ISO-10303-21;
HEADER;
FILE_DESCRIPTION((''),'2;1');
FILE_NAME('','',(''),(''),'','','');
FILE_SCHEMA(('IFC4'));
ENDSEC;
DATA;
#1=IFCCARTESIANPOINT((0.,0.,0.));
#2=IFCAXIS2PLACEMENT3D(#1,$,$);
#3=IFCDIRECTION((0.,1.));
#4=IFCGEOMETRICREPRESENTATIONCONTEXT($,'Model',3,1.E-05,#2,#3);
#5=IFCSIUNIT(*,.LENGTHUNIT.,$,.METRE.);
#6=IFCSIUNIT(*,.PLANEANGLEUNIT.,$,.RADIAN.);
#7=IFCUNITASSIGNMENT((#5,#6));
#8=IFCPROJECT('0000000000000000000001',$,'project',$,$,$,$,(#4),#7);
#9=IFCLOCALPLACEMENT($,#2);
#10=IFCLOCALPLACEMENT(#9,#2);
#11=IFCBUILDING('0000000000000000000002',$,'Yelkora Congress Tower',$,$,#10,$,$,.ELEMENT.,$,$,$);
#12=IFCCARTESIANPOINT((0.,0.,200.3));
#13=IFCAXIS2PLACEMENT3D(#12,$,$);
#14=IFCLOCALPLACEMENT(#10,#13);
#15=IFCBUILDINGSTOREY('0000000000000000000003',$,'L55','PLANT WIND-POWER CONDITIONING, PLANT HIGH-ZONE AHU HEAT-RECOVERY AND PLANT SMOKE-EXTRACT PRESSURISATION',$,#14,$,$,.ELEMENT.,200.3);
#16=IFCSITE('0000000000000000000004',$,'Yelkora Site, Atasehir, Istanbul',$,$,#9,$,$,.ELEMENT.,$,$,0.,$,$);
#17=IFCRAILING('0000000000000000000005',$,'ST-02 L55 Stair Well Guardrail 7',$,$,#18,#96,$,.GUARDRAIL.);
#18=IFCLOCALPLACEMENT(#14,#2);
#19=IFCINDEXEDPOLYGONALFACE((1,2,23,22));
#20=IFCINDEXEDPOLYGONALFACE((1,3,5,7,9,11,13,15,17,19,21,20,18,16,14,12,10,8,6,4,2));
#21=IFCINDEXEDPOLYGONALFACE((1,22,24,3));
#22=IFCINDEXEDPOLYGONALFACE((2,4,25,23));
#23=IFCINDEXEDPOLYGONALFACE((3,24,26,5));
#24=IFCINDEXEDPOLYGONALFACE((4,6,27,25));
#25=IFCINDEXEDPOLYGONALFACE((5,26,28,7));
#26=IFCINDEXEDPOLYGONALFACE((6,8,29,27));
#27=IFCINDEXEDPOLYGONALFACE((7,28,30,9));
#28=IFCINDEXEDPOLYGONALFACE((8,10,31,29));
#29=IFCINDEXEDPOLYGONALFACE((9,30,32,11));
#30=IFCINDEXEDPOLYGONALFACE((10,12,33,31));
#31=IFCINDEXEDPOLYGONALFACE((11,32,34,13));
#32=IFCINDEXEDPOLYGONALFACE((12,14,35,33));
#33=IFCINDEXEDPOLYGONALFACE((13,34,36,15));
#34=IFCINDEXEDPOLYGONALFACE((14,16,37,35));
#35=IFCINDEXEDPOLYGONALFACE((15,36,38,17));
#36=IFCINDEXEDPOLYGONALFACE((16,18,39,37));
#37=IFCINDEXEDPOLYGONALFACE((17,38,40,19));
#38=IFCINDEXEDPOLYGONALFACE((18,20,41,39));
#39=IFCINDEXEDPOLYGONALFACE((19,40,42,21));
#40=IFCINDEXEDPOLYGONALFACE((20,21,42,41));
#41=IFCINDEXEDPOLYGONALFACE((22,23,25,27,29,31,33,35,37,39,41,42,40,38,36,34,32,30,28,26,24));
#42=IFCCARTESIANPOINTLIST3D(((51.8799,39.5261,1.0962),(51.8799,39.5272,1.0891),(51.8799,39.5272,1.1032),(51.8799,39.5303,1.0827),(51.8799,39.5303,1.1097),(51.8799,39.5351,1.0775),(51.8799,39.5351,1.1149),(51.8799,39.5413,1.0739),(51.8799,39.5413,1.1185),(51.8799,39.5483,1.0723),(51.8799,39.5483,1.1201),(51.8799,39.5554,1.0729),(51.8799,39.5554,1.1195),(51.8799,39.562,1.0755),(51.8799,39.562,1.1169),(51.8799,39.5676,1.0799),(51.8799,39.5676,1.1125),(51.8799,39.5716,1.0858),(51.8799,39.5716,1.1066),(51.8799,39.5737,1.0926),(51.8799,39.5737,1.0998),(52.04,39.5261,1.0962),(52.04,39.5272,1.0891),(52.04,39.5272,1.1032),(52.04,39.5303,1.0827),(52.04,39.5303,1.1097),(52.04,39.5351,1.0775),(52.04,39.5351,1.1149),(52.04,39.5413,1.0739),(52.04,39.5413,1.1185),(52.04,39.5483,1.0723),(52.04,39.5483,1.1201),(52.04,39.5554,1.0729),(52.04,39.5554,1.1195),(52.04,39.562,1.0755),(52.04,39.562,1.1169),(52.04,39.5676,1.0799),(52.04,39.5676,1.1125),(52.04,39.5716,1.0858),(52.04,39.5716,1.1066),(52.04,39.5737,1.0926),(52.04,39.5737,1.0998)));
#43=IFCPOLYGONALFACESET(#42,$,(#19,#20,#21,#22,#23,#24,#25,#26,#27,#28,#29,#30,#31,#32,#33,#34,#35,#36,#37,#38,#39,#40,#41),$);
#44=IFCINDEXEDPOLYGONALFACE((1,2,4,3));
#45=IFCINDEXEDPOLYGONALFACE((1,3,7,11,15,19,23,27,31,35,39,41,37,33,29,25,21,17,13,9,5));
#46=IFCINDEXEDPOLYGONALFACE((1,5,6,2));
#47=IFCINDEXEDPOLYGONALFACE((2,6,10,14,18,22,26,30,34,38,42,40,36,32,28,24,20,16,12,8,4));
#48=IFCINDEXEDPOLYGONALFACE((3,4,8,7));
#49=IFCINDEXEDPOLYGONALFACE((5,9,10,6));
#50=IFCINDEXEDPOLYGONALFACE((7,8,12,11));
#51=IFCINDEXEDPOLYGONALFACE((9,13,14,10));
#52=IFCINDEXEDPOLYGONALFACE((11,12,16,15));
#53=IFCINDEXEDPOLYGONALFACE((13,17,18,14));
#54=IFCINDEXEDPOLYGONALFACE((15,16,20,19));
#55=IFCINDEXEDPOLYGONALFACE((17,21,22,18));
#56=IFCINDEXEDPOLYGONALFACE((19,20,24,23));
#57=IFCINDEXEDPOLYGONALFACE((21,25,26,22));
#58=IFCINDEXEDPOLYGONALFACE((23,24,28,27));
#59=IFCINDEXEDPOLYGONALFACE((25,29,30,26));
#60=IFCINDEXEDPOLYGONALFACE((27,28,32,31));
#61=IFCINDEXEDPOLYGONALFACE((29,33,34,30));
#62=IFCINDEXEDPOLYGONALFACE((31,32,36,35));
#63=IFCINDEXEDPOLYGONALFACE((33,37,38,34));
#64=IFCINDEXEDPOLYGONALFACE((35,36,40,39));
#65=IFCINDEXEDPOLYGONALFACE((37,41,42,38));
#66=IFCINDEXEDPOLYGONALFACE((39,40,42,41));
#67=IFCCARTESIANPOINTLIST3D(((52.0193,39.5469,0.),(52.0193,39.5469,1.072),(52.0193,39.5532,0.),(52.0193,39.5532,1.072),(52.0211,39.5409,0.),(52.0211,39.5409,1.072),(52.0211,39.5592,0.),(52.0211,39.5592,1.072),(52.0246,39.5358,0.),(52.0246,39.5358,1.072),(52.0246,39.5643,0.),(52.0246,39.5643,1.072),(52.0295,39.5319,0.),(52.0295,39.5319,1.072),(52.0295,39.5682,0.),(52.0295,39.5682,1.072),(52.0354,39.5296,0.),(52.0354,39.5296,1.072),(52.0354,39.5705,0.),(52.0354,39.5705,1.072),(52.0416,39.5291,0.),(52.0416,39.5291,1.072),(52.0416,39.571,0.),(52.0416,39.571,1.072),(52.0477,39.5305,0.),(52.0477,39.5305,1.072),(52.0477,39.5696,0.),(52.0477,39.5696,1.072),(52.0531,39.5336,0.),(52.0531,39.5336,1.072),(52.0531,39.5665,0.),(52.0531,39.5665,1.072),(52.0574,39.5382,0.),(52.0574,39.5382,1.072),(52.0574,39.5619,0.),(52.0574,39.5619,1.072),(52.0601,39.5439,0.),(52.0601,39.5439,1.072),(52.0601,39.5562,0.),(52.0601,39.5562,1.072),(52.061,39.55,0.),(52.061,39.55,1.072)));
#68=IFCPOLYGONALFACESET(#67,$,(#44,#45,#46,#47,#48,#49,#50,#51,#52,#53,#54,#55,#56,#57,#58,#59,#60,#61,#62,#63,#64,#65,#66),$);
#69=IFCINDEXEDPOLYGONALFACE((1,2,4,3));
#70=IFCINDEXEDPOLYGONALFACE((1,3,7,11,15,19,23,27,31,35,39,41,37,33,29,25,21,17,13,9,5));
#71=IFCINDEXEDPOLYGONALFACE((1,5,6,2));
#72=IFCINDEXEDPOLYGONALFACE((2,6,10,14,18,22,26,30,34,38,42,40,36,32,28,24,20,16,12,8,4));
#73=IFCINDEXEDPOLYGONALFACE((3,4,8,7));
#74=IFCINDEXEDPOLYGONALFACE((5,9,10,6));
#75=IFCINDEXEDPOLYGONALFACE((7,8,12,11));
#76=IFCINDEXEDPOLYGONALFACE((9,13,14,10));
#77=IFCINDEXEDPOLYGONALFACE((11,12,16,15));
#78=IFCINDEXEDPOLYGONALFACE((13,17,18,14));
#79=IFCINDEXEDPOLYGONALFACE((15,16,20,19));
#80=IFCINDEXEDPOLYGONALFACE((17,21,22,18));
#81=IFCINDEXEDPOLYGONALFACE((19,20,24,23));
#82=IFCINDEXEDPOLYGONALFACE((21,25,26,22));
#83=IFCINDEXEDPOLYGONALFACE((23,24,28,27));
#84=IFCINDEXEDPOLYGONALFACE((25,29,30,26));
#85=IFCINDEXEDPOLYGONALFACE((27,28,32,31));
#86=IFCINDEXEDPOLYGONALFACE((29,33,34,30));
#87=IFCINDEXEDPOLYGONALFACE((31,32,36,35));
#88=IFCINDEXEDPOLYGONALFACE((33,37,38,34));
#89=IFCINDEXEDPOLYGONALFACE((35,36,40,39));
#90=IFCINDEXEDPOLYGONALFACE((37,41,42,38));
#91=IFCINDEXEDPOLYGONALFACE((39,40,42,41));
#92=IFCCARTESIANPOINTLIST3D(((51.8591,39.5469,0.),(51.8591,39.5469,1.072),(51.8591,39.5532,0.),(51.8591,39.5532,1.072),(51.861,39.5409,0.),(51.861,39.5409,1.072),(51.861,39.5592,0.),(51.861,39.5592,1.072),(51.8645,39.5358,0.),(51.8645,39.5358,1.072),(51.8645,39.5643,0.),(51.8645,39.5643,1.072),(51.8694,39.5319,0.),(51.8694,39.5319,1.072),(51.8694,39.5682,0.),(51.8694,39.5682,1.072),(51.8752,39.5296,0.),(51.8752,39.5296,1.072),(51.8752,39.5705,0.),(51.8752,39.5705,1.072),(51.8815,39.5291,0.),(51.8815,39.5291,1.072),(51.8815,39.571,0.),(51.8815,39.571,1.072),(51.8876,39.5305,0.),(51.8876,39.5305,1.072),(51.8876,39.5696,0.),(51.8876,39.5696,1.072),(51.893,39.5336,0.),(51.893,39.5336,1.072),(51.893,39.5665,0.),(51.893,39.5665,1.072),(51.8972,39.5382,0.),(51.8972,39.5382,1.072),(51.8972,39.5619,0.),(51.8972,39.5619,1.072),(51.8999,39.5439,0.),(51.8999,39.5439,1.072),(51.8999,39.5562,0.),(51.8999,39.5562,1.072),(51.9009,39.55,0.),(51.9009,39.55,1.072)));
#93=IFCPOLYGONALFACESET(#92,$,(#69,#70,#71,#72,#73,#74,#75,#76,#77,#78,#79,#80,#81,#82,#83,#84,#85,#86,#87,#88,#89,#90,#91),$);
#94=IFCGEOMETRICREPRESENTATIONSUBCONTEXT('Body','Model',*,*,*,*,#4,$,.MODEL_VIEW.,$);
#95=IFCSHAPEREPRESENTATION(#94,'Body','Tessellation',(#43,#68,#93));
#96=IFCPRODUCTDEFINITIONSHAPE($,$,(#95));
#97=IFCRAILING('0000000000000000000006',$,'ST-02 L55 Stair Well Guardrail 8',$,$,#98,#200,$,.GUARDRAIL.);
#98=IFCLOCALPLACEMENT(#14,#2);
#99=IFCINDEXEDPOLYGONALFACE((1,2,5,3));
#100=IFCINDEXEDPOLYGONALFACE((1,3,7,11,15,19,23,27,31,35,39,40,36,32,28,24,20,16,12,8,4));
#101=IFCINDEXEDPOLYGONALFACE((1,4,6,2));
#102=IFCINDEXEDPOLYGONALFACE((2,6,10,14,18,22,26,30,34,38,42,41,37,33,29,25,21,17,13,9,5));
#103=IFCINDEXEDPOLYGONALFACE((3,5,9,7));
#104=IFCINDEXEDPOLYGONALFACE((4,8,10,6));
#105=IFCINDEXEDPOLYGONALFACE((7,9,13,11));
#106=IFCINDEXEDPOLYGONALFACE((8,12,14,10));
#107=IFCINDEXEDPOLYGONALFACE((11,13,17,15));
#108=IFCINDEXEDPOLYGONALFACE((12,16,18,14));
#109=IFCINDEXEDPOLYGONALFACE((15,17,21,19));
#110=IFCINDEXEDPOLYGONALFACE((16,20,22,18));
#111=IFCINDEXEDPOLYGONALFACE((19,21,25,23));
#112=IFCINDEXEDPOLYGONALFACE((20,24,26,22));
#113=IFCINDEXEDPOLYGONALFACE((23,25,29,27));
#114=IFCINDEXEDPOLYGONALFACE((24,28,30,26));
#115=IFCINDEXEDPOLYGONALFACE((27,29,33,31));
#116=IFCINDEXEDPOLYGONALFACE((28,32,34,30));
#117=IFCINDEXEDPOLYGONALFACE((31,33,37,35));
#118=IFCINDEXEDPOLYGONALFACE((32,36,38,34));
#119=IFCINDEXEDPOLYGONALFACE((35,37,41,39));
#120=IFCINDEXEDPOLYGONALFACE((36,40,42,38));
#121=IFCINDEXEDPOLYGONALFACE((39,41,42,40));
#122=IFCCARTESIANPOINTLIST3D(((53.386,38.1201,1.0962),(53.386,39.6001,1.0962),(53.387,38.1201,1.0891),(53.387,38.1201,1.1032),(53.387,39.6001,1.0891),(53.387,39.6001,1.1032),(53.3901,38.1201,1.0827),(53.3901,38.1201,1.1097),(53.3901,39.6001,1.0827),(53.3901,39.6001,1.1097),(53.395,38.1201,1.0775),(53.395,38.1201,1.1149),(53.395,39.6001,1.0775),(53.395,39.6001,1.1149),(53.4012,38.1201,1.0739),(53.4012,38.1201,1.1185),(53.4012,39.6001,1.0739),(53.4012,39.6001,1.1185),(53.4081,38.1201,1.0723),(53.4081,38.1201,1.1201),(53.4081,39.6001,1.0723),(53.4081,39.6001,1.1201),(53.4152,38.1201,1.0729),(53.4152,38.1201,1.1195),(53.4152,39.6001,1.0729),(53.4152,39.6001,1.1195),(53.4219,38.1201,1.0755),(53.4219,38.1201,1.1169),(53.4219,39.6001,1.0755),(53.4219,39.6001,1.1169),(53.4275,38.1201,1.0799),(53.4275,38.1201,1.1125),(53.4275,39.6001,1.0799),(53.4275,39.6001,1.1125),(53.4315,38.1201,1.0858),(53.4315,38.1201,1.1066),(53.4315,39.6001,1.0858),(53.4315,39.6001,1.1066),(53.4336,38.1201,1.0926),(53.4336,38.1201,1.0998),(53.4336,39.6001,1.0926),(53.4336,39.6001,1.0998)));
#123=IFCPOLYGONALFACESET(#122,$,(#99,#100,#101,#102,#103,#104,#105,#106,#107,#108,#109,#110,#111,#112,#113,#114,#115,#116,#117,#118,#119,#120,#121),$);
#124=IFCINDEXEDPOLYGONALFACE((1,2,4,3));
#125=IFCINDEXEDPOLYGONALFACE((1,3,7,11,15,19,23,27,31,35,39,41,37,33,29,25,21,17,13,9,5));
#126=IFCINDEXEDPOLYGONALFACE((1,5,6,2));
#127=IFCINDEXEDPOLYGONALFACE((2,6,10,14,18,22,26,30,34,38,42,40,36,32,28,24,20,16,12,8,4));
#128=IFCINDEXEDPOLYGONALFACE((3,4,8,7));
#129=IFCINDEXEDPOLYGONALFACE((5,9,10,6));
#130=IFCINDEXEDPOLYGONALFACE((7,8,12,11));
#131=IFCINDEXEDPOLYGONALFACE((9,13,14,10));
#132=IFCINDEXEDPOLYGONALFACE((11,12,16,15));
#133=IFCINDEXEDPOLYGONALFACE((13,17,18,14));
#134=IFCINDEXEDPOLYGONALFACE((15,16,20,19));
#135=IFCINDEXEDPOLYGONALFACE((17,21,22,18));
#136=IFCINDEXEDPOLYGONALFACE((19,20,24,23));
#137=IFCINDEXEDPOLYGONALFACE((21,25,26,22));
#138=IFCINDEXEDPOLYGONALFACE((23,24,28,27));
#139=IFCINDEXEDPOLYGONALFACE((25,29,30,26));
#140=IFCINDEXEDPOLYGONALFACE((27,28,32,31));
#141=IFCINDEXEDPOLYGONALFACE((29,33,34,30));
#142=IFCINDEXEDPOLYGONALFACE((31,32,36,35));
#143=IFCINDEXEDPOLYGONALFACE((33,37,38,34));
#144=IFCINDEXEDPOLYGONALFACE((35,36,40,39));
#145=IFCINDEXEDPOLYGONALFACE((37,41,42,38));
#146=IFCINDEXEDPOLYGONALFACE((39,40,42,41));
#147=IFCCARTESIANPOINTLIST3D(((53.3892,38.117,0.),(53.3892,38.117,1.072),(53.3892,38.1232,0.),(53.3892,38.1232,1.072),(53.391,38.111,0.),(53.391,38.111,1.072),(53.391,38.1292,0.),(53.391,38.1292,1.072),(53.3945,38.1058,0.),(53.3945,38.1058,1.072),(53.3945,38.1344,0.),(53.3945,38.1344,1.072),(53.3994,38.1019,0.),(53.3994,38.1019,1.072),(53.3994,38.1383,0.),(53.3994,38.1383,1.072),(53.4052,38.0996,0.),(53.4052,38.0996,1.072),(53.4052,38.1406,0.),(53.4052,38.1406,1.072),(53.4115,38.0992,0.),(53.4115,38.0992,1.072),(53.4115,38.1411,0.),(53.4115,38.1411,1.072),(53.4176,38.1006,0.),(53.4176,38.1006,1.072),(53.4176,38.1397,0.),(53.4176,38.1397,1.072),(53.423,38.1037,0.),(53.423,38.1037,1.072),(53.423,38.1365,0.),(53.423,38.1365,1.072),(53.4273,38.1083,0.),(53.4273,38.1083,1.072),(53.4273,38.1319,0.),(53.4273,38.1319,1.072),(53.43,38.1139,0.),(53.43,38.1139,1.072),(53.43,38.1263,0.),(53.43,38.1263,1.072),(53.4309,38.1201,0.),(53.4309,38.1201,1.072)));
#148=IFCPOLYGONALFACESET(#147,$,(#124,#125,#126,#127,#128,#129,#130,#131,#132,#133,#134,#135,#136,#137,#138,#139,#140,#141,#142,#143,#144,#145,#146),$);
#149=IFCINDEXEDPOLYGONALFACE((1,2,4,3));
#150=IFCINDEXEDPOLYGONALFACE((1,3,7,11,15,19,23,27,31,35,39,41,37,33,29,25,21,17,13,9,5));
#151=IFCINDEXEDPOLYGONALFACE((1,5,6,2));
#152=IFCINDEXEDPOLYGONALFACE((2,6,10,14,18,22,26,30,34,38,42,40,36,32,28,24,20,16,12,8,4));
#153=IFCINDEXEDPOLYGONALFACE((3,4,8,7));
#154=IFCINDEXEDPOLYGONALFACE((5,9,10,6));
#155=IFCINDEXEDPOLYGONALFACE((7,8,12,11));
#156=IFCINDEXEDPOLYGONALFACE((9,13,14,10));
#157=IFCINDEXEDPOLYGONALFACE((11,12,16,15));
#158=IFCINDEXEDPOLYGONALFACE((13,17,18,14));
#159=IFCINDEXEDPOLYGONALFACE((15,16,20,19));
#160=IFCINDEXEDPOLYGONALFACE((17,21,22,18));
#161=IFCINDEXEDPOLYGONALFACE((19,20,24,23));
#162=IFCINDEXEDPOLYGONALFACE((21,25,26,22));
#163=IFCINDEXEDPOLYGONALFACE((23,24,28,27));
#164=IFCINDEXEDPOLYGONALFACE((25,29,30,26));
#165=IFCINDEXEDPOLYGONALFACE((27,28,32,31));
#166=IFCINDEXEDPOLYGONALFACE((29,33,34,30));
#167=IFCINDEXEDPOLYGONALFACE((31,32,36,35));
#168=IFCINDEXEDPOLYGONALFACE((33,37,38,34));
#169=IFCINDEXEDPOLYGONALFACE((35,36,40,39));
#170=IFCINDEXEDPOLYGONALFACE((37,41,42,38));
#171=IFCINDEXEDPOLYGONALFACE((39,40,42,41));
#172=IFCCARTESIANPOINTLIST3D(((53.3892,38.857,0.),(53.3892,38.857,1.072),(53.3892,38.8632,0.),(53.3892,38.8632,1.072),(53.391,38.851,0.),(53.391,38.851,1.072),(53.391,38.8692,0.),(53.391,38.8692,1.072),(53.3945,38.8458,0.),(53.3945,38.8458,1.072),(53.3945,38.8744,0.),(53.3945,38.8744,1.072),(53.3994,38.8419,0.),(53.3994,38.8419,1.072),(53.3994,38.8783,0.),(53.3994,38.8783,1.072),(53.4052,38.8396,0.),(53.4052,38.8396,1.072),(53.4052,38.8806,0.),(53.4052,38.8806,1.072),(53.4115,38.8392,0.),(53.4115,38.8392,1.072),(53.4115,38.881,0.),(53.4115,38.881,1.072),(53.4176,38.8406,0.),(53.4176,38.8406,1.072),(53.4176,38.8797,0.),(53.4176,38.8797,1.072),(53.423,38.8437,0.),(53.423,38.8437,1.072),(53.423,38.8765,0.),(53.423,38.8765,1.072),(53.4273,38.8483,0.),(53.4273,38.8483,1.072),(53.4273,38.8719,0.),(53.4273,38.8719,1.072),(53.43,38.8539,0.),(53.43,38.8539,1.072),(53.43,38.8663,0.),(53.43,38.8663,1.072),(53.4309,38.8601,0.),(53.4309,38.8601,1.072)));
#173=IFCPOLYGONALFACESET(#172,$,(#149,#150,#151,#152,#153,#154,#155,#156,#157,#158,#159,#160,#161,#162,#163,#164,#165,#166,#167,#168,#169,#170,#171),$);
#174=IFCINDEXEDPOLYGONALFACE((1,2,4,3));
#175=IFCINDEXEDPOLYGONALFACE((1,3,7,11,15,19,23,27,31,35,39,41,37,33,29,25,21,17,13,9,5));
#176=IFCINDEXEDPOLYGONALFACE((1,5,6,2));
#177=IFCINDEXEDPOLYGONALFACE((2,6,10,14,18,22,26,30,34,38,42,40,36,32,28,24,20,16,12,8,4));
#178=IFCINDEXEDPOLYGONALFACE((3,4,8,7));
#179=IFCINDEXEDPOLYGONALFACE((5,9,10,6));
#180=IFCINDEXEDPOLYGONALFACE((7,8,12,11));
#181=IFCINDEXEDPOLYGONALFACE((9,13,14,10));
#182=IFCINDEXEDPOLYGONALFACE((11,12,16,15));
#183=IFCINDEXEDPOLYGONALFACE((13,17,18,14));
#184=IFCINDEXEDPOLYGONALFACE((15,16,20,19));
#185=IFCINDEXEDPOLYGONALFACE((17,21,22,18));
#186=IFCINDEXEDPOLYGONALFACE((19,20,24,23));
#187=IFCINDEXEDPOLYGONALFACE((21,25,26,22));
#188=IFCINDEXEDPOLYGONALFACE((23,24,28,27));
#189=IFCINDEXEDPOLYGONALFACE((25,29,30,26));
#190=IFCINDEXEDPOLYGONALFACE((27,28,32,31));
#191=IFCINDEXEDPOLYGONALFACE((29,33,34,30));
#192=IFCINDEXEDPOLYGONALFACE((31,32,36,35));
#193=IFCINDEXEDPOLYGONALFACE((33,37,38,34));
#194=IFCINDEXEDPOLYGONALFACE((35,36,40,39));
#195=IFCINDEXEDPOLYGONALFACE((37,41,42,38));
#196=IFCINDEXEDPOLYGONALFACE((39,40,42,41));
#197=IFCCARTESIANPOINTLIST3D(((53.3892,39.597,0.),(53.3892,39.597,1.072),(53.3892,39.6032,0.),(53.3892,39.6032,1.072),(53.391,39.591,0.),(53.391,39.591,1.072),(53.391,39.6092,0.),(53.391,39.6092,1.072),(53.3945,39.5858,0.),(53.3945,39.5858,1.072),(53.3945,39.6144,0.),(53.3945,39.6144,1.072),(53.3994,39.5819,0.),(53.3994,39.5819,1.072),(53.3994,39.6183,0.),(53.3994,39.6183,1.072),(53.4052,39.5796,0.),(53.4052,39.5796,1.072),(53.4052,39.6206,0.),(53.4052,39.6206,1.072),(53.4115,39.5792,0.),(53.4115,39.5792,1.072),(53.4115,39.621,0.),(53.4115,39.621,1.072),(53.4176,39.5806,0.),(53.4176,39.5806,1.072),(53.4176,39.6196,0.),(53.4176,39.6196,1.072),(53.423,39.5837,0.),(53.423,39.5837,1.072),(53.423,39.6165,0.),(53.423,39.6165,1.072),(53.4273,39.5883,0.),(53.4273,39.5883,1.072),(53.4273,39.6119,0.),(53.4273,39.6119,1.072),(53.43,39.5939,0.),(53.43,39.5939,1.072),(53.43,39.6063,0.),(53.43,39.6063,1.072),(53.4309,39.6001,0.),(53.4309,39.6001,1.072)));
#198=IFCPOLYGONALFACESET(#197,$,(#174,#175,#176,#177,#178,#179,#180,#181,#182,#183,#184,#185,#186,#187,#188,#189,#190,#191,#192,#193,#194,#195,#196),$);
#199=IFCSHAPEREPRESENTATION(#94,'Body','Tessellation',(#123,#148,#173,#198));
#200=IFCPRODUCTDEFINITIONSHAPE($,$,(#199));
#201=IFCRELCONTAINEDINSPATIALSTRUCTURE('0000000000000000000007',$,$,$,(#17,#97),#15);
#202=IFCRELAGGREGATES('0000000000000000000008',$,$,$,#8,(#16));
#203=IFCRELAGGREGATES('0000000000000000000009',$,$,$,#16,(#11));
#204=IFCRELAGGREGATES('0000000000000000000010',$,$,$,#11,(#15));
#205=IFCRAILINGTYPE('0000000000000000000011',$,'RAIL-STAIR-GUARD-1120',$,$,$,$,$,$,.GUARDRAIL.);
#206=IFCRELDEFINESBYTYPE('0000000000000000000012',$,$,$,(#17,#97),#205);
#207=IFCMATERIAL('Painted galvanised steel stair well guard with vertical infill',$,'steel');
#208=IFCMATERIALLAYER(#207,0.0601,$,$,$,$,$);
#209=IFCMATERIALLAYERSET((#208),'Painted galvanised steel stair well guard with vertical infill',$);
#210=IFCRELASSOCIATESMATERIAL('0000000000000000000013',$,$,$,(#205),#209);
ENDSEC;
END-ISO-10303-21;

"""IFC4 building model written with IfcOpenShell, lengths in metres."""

from ifc_helpers import new_model, si_unit, direction, frame, origin, origin_2d, place, context, subcontext, project, spatial, circle, extrude, material, layer, layer_set, type_object, element, save


model = new_model("IFC4")

# Units and contexts
model_context = context("Model", 3, precision=1e-05, world=origin(), true_north=direction((0.0, 1.0)))
body_context = subcontext(model_context, "Body", "Model", "MODEL_VIEW")
ifc_project = project(units=[si_unit("LENGTHUNIT", "METRE"), si_unit("PLANEANGLEUNIT", "RADIAN")], contexts=[model_context])

# Site, building, storey
site_placement = place(None, origin())
site = spatial("IfcSite", under=ifc_project, at=site_placement, Name="Yelkora Site, Atasehir, Istanbul", CompositionType="ELEMENT", RefElevation=0.0)
building_placement = place(site_placement, origin())
building = spatial("IfcBuilding", under=site, at=building_placement, Name="Yelkora Congress Tower", CompositionType="ELEMENT")
storey_placement = place(building_placement, frame((0.0, 0.0, 200.3)))
storey = spatial("IfcBuildingStorey", under=building, at=storey_placement, Name="L55", Description="PLANT WIND-POWER CONDITIONING, PLANT HIGH-ZONE AHU HEAT-RECOVERY AND PLANT SMOKE-EXTRACT PRESSURISATION", CompositionType="ELEMENT", Elevation=200.3)

# Railings
ifc_material_1 = material(Name="Painted galvanised steel stair well guard with vertical infill", Category="steel")
ifc_layer_1 = layer(ifc_material_1, 0.0601)
ifc_layer_set_1 = layer_set([ifc_layer_1], Name="Painted galvanised steel stair well guard with vertical infill")
railing_type_1 = type_object("IfcRailingType", Name="RAIL-STAIR-GUARD-1120", PredefinedType="GUARDRAIL", material=ifc_layer_set_1)
railing_1_placement = place(storey_placement, frame((52.04, 39.55, 0.0)))
element("IfcRailing", 1, at=railing_1_placement, inside=storey, type_object=railing_type_1, Name="ST-02 L55 Stair Well Guardrail 7", PredefinedType="GUARDRAIL", context=body_context, shape_type="SweptSolid", body=[
    extrude(circle(Radius=0.0239, at=origin_2d()), frame((0.0, 0.0, 1.0962), z_axis=(-1.0, 0.0, 0.0), x_axis=(0.0, -1.0, 0.0)), (0.0, 0.0, 1.0), 0.1602),
    extrude(circle(Radius=0.021, at=origin_2d()), origin(), (0.0, 0.0, 1.0), 1.072),
    extrude(circle(Radius=0.021, at=origin_2d()), frame((-0.1602, 0.0, 0.0)), (0.0, 0.0, 1.0), 1.072),
])
for number, where, name in (
    (2, (53.4099, 38.1201, 0.0), "ST-02 L55 Stair Well Guardrail 8"),
):
    element("IfcRailing", number, at=place(storey_placement, frame(where)), inside=storey, type_object=railing_type_1, Name=name, PredefinedType="GUARDRAIL", context=body_context, shape_type="SweptSolid", body=[
        extrude(circle(Radius=0.0239, at=origin_2d()), frame((0.0, 0.0, 1.0962), z_axis=(0.0, 1.0, 0.0), x_axis=(-1.0, 0.0, 0.0)), (0.0, 0.0, 1.0), 1.48),
        extrude(circle(Radius=0.021, at=origin_2d()), origin(), (0.0, 0.0, 1.0), 1.072),
        extrude(circle(Radius=0.021, at=origin_2d()), frame((0.0, 0.74, 0.0)), (0.0, 0.0, 1.0), 1.072),
        extrude(circle(Radius=0.021, at=origin_2d()), frame((0.0, 1.48, 0.0)), (0.0, 0.0, 1.0), 1.072),
    ])

save(model, "model.ifc")
